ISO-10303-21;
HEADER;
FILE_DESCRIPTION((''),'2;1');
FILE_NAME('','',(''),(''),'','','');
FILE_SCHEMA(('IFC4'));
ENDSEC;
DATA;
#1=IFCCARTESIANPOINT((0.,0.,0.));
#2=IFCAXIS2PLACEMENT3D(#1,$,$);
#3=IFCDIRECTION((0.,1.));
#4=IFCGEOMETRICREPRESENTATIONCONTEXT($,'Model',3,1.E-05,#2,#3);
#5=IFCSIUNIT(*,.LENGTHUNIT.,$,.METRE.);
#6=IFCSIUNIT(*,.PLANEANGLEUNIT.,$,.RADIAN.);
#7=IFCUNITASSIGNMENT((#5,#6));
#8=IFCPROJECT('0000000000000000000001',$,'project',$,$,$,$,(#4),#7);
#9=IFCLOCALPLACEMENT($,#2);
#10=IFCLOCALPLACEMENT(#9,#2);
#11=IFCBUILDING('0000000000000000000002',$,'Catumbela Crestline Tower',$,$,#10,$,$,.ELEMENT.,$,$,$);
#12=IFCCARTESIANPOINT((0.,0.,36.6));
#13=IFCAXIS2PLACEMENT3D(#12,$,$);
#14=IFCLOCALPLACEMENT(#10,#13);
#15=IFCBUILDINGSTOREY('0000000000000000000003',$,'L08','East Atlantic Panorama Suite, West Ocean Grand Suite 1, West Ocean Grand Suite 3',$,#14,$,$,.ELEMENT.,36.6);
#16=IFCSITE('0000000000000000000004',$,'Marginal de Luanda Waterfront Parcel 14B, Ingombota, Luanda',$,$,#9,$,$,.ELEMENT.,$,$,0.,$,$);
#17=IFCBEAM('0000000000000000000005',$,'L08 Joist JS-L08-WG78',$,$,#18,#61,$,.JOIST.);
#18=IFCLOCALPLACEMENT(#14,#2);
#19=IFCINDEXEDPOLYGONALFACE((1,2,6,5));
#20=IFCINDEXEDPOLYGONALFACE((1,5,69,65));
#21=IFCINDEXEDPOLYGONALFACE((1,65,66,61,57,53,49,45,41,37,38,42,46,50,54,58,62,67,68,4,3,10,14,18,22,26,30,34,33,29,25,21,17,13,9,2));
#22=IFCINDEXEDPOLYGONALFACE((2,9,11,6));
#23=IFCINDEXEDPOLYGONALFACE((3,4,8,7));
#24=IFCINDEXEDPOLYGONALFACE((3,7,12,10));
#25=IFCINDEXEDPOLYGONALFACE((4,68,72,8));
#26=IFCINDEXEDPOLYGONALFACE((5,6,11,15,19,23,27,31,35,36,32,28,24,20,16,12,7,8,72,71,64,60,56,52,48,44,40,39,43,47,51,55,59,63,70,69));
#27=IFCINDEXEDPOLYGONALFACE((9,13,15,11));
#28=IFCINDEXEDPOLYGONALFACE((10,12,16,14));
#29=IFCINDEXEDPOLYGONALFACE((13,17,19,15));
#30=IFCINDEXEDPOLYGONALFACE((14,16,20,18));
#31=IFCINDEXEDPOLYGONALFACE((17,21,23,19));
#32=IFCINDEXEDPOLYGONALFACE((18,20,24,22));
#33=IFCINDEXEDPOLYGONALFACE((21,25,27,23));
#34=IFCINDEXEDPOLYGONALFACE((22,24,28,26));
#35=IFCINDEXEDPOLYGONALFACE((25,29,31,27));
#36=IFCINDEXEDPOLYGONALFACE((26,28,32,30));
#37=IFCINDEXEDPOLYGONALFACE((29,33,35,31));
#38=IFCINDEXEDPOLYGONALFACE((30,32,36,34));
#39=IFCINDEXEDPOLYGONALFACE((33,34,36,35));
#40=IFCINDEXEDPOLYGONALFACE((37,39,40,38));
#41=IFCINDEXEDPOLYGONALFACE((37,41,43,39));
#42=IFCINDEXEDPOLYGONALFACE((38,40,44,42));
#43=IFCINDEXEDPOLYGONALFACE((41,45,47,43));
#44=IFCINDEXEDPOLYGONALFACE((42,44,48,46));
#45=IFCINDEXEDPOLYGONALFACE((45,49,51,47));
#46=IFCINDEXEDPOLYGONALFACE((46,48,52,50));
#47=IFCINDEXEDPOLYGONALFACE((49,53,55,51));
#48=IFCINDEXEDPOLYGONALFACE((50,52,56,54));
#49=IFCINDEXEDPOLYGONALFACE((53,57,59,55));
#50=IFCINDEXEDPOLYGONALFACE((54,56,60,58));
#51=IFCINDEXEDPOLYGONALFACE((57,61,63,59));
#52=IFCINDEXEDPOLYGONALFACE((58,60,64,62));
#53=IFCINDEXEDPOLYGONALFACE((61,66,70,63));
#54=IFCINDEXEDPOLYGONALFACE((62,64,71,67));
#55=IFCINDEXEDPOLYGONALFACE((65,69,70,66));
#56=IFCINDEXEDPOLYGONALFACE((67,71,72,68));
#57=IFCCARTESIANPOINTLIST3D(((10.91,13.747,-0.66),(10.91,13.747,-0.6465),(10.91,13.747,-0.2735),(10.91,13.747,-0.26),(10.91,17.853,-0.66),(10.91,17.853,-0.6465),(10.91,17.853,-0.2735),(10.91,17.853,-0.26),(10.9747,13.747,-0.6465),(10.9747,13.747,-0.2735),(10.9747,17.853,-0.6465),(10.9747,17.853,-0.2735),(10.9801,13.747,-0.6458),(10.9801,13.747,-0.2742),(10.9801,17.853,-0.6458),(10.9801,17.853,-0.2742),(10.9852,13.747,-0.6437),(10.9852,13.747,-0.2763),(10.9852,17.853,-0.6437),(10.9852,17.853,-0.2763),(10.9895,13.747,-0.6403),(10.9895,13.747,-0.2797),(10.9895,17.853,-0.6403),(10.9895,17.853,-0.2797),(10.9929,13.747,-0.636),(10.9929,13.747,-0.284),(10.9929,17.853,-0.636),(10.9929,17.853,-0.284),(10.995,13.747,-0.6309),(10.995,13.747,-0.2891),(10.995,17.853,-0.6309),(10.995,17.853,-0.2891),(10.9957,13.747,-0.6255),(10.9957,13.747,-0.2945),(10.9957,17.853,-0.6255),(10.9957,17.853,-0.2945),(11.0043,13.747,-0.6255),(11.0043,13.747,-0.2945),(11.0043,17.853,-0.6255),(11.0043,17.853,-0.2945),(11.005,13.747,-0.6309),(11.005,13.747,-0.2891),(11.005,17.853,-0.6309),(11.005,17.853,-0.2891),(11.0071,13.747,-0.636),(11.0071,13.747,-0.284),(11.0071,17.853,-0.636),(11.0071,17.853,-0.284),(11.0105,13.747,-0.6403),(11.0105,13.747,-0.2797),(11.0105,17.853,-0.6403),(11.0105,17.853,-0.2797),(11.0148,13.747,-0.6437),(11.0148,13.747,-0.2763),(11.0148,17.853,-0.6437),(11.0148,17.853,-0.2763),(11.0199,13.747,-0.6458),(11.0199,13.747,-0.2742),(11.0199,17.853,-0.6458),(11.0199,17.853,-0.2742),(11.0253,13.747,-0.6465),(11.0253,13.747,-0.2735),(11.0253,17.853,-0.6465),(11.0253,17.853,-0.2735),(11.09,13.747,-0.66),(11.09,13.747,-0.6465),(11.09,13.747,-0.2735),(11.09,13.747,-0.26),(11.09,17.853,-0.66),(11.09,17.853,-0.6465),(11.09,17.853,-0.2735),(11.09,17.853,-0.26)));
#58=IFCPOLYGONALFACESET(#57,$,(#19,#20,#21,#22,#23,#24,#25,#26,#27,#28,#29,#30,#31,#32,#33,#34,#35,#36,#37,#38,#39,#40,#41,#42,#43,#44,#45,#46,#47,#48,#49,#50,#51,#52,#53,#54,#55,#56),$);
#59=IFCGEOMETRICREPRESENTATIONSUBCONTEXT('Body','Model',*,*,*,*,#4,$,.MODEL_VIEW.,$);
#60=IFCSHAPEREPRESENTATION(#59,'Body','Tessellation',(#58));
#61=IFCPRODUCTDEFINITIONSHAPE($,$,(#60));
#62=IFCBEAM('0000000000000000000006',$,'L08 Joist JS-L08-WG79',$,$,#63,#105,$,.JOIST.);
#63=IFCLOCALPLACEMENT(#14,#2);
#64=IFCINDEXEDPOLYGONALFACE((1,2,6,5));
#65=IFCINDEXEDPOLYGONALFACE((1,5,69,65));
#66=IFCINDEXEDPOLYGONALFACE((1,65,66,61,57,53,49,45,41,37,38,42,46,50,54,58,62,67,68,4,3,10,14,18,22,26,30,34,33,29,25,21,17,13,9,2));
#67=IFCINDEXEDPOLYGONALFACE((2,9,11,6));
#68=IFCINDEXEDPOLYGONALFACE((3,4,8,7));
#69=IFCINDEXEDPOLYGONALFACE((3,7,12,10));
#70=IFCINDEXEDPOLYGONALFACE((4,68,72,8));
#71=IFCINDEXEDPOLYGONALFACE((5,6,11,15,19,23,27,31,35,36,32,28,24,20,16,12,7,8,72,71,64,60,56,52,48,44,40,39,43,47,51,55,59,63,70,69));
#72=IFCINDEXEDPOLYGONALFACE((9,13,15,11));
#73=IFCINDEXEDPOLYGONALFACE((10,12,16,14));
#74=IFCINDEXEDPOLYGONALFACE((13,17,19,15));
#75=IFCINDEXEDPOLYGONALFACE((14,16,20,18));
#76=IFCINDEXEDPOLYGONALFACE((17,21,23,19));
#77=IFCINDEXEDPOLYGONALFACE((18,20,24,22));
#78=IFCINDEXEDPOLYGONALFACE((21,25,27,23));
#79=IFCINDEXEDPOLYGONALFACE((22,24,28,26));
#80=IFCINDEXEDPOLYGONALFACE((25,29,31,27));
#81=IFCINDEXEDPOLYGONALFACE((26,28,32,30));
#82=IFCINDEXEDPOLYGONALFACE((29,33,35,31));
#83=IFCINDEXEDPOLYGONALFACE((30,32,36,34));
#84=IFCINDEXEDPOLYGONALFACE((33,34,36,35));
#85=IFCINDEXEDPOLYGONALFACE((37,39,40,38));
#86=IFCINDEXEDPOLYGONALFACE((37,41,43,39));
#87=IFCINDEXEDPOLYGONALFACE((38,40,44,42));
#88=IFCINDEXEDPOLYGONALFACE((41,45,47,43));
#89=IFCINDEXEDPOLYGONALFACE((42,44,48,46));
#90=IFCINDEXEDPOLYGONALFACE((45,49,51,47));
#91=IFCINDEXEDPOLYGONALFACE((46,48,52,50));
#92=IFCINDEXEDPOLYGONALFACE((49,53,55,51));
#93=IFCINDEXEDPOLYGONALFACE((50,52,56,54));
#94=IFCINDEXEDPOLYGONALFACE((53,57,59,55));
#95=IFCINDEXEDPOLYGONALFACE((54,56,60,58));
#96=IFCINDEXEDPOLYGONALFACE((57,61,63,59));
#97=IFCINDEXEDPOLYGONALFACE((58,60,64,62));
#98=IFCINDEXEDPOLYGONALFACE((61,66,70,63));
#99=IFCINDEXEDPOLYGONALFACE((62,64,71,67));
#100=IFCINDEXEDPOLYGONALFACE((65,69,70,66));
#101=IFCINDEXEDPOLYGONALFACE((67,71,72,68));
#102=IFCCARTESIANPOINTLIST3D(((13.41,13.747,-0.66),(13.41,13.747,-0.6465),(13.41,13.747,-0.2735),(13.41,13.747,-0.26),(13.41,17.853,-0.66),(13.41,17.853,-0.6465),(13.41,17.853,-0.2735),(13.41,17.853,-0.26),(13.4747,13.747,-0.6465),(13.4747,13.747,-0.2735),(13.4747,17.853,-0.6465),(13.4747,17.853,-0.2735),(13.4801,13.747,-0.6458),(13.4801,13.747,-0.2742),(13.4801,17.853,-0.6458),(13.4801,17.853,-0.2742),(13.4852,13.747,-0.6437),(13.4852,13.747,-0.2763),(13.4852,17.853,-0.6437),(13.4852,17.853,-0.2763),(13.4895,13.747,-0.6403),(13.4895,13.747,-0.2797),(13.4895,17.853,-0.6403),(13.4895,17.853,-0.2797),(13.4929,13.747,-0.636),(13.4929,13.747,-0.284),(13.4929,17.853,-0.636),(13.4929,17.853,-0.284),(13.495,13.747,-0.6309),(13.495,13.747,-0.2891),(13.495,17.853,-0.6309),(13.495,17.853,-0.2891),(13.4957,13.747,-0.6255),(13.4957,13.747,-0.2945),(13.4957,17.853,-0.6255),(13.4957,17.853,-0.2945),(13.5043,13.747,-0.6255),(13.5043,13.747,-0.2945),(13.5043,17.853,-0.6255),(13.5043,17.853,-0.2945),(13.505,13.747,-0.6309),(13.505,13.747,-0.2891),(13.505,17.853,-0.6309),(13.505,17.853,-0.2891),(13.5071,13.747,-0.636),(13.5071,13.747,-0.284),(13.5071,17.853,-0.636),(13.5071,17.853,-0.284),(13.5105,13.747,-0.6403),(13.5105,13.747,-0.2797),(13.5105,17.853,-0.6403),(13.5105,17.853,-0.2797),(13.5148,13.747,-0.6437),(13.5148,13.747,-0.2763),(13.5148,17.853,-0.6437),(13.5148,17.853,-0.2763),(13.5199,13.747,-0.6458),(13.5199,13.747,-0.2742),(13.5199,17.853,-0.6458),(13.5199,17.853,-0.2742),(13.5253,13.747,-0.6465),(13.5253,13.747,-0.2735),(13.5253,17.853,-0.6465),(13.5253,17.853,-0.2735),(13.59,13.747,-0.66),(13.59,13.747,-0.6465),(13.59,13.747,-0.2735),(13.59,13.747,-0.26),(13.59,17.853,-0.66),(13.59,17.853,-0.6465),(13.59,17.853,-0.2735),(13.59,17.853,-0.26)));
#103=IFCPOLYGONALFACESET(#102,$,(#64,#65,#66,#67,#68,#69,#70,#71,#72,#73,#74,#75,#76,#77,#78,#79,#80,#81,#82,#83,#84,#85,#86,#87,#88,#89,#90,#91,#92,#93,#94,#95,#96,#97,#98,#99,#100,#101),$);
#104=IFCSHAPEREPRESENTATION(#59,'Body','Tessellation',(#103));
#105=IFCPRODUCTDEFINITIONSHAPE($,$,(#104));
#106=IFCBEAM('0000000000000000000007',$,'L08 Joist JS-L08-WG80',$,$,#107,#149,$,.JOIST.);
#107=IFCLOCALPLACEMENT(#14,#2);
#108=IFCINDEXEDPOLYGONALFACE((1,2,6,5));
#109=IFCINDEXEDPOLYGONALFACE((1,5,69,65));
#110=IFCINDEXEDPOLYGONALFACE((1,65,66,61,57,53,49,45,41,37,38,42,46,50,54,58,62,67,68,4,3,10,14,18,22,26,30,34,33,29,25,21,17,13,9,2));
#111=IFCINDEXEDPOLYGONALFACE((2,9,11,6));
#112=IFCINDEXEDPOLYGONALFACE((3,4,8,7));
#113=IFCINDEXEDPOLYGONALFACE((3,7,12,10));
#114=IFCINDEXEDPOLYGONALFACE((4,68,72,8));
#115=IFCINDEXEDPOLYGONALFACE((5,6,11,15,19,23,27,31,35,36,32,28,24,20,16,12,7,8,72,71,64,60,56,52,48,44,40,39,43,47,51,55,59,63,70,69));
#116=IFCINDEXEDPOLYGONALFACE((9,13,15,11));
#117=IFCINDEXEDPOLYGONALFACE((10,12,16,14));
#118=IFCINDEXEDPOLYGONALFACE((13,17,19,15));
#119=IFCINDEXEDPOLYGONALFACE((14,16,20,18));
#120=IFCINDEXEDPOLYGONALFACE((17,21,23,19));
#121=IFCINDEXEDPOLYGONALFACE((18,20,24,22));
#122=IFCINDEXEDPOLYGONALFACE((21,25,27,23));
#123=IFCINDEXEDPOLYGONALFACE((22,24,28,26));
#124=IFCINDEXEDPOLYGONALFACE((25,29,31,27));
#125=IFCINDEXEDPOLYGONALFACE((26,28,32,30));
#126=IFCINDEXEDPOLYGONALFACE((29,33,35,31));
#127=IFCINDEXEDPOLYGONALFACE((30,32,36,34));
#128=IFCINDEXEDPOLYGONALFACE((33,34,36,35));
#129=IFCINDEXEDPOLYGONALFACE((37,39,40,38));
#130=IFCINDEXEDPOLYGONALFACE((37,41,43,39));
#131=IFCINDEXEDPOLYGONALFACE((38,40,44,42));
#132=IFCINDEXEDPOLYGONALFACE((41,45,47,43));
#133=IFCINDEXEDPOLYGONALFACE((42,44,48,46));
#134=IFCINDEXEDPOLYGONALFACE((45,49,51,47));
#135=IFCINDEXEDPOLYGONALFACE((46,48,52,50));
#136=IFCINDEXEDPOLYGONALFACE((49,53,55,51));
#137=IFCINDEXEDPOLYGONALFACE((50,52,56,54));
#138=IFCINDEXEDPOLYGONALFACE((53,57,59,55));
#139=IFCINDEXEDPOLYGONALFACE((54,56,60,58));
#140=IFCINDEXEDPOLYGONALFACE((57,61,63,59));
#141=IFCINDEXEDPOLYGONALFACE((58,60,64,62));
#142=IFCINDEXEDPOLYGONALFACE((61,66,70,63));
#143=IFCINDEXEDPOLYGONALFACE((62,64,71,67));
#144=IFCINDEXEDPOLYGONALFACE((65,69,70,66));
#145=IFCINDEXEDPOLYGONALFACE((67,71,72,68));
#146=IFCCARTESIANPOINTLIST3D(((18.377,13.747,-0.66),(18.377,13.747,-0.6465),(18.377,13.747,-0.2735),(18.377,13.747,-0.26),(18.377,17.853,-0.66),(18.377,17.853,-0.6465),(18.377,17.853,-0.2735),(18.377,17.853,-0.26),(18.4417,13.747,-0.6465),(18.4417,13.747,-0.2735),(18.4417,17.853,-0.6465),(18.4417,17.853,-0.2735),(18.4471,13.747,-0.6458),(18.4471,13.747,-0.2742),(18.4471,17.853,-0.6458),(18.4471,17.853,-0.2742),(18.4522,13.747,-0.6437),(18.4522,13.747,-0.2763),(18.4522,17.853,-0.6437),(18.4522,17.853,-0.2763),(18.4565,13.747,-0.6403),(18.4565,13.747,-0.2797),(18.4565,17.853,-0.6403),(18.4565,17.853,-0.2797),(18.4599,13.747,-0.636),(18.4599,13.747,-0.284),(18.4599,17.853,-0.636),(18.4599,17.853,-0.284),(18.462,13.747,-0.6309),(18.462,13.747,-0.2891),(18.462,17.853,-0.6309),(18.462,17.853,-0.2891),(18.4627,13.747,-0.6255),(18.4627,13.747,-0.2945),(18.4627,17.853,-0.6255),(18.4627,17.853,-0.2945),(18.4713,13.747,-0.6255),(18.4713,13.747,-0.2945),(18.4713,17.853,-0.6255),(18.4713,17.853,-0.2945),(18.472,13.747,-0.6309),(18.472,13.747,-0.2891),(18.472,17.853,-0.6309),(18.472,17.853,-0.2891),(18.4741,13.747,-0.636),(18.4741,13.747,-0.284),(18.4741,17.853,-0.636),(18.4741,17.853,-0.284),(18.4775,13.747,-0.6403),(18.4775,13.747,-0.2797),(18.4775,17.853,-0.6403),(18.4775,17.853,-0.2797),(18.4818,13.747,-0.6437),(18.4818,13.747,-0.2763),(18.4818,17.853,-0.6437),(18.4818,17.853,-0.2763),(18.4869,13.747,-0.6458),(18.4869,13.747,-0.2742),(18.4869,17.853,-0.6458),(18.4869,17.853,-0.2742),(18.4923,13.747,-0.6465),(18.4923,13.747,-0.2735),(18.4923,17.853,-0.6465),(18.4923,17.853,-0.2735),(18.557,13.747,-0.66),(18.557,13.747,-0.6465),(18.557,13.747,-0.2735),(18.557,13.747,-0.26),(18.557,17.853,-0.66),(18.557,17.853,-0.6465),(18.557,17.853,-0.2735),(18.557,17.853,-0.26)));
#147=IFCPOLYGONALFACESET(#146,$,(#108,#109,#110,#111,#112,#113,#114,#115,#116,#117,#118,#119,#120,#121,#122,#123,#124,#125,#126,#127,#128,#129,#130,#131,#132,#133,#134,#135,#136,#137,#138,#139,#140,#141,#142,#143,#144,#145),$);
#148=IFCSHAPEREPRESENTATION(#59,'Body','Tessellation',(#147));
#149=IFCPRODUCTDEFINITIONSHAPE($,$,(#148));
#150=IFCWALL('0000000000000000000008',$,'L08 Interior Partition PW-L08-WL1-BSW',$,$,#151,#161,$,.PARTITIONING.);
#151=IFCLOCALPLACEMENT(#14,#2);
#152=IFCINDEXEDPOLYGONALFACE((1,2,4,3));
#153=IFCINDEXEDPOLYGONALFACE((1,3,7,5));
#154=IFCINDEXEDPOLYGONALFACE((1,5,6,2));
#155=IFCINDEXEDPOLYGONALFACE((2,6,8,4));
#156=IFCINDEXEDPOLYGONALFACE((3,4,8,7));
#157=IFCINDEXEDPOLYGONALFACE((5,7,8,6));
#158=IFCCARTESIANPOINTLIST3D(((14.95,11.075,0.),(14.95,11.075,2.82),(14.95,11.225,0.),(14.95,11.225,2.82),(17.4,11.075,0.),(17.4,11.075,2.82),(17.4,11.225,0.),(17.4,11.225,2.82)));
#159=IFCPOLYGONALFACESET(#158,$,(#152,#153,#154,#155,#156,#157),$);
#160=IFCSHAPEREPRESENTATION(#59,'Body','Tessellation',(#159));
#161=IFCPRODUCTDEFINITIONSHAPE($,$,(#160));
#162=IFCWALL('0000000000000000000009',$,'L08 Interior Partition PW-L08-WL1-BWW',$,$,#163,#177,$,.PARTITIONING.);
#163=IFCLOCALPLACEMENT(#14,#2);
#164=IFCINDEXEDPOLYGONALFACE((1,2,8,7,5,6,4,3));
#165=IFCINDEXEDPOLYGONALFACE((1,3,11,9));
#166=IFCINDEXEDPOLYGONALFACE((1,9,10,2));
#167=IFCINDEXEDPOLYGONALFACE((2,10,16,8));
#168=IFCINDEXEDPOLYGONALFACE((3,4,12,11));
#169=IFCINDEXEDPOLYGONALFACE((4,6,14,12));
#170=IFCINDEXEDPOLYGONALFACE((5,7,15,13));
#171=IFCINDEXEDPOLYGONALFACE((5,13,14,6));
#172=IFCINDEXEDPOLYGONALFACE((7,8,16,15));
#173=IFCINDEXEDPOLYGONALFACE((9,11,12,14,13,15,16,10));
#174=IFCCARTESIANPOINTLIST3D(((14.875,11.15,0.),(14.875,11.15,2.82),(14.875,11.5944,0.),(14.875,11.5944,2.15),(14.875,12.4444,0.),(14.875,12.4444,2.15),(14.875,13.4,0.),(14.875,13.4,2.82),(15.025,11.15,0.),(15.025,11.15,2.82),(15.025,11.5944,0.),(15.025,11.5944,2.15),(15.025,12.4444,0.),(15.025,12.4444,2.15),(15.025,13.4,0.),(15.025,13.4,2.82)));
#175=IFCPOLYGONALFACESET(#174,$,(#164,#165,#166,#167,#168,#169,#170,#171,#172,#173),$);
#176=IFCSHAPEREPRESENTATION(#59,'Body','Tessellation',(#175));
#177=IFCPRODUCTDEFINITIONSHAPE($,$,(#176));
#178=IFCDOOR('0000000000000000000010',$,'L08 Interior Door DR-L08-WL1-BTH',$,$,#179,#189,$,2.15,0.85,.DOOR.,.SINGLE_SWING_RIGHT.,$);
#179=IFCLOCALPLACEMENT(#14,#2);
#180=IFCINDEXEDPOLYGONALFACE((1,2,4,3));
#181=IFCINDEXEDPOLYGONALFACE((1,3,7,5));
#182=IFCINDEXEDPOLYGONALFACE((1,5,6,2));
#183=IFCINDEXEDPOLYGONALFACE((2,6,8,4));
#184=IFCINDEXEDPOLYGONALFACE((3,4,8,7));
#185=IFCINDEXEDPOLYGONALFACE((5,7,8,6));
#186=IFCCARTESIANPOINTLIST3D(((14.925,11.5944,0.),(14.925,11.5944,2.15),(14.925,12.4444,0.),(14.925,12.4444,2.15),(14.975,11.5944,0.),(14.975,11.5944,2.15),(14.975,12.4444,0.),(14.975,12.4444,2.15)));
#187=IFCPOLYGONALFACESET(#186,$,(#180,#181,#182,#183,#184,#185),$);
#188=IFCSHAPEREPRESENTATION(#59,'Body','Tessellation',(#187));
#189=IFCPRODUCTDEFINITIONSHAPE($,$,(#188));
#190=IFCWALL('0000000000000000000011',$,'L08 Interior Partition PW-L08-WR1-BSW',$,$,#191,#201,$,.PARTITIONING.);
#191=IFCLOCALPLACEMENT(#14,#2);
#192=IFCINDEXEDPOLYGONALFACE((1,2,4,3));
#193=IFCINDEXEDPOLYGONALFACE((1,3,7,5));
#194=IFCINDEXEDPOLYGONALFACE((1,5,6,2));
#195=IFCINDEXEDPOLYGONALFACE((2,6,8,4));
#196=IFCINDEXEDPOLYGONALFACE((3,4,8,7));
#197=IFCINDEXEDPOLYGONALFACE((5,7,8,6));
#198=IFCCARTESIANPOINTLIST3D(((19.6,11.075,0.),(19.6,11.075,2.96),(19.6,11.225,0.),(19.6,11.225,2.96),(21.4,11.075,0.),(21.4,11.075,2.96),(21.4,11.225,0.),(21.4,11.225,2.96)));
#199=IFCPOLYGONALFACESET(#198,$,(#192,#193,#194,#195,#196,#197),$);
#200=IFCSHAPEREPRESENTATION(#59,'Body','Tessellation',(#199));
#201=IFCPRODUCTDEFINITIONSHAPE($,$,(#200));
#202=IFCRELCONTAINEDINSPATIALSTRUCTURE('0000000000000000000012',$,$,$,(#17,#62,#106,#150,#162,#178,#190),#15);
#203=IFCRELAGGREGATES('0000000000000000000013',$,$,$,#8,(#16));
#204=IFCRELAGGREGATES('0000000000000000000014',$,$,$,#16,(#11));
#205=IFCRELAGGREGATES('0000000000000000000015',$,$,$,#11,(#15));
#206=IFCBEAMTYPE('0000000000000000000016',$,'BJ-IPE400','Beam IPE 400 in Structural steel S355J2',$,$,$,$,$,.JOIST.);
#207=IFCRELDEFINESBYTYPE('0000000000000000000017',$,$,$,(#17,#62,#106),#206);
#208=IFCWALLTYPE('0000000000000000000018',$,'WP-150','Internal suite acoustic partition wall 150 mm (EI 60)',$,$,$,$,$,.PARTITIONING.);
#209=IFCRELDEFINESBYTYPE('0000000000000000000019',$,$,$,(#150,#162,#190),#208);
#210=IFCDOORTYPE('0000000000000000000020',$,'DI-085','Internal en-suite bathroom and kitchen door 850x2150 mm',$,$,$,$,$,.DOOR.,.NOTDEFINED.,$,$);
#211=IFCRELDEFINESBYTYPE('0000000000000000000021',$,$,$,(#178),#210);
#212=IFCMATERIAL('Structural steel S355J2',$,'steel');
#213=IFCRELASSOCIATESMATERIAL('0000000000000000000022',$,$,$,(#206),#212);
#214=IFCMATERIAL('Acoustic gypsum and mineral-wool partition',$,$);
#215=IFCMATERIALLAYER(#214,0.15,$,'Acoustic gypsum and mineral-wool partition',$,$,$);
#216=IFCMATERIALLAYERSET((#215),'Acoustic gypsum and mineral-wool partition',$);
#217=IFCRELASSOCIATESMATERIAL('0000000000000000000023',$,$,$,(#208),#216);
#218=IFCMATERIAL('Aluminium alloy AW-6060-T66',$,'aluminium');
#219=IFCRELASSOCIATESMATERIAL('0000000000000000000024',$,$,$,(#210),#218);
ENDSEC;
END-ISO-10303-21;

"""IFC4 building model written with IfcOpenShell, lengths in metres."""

from ifc_helpers import new_model, si_unit, direction, frame, frame_2d, origin, origin_2d, place, context, subcontext, project, spatial, rectangle, i_section, extrude, material, layer, layer_set, material_profile, profile_set, type_object, element, fill, save


model = new_model("IFC4")

# Units and contexts
model_context = context("Model", 3, precision=1e-05, world=origin(), true_north=direction((0.0, 1.0)))
body_context = subcontext(model_context, "Body", "Model", "MODEL_VIEW")
ifc_project = project(units=[si_unit("LENGTHUNIT", "METRE"), si_unit("PLANEANGLEUNIT", "RADIAN")], contexts=[model_context])

# Site, building, storey
site_placement = place(None, origin())
site = spatial("IfcSite", under=ifc_project, at=site_placement, Name="Marginal de Luanda Waterfront Parcel 14B, Ingombota, Luanda", CompositionType="ELEMENT", RefElevation=0.0)
building_placement = place(site_placement, origin())
building = spatial("IfcBuilding", under=site, at=building_placement, Name="Catumbela Crestline Tower", CompositionType="ELEMENT")
storey_placement = place(building_placement, frame((0.0, 0.0, 36.6)))
storey = spatial("IfcBuildingStorey", under=building, at=storey_placement, Name="L08", Description="East Atlantic Panorama Suite, West Ocean Grand Suite 1, West Ocean Grand Suite 3", CompositionType="ELEMENT", Elevation=36.6)

# Beams
ifc_material_1 = material(Name="Structural steel S355J2", Category="steel")
ifc_material_profile_1 = material_profile(ifc_material_1, i_section(OverallWidth=0.18, OverallDepth=0.4, WebThickness=0.0086, FlangeThickness=0.0135, FilletRadius=0.021, at=origin_2d()), Name="IPE 400")
ifc_profile_set_1 = profile_set([ifc_material_profile_1], Name="Structural steel S355J2")
beam_type_1 = type_object("IfcBeamType", Name="BJ-IPE400", Description="Beam IPE 400 in Structural steel S355J2", PredefinedType="JOIST", material=ifc_profile_set_1)
for number, where, z_axis, x_axis, name in (
    (1, (11.0, 13.747, -0.46), (0.0, 1.0, 0.0), (-1.0, 0.0, 0.0), "L08 Joist JS-L08-WG78"),
    (2, (13.5, 13.747, -0.46), (0.0, 1.0, 0.0), (-1.0, 0.0, 0.0), "L08 Joist JS-L08-WG79"),
    (3, (18.467, 13.747, -0.46), (0.0, 1.0, 0.0), (-1.0, 0.0, 0.0), "L08 Joist JS-L08-WG80"),
):
    element("IfcBeam", number, at=place(storey_placement, frame(where, z_axis=z_axis, x_axis=x_axis)), inside=storey, type_object=beam_type_1, Name=name, PredefinedType="JOIST", context=body_context, shape_type="SweptSolid", body=[
        extrude(i_section(OverallWidth=0.18, OverallDepth=0.4, WebThickness=0.0086, FlangeThickness=0.0135, FilletRadius=0.021, at=origin_2d()), origin(), (0.0, 0.0, 1.0), 4.106),
    ])

# Wall
ifc_material_2 = material(Name="Acoustic gypsum and mineral-wool partition")
ifc_layer = layer(ifc_material_2, 0.15, Name="Acoustic gypsum and mineral-wool partition")
ifc_layer_set = layer_set([ifc_layer], Name="Acoustic gypsum and mineral-wool partition")
wall_type = type_object("IfcWallType", Name="WP-150", Description="Internal suite acoustic partition wall 150 mm (EI 60)", PredefinedType="PARTITIONING", material=ifc_layer_set)
wall_1_placement = place(storey_placement, frame((14.95, 11.15, 0.0), z_axis=(0.0, 0.0, 1.0), x_axis=(1.0, 0.0, 0.0)))
element("IfcWall", 4, at=wall_1_placement, inside=storey, type_object=wall_type, Name="L08 Interior Partition PW-L08-WL1-BSW", PredefinedType="PARTITIONING", context=body_context, shape_type="SweptSolid", body=[
    extrude(rectangle(XDim=2.45, YDim=0.15, at=frame_2d((1.225, 0.0))), origin(), (0.0, 0.0, 1.0), 2.82),
])

# Wall, opening, door
wall_2_placement = place(storey_placement, frame((14.95, 11.15, 0.0), z_axis=(0.0, 0.0, 1.0), x_axis=(0.0, 1.0, 0.0)))
wall_2 = element("IfcWall", 5, at=wall_2_placement, inside=storey, type_object=wall_type, Name="L08 Interior Partition PW-L08-WL1-BWW", PredefinedType="PARTITIONING", context=body_context, shape_type="SweptSolid", body=[
    extrude(rectangle(XDim=2.25, YDim=0.15, at=frame_2d((1.125, 0.0))), origin(), (0.0, 0.0, 1.0), 2.82),
])
opening_1_placement = place(wall_2_placement, frame((0.4444, 0.0, 0.0)))
opening_1 = element("IfcOpeningElement", 6, at=opening_1_placement, cuts=wall_2, PredefinedType="OPENING", context=body_context, shape_type="SweptSolid", body=[
    extrude(rectangle(XDim=0.85, YDim=2.15, at=frame_2d((0.425, 1.075))), frame((0.0, 0.085, 0.0), z_axis=(0.0, -1.0, 0.0), x_axis=(1.0, 0.0, 0.0)), (0.0, 0.0, 1.0), 0.17),
])
ifc_material_3 = material(Name="Aluminium alloy AW-6060-T66", Category="aluminium")
door_type = type_object("IfcDoorType", Name="DI-085", Description="Internal en-suite bathroom and kitchen door 850x2150 mm", OperationType="NOTDEFINED", PredefinedType="DOOR", material=ifc_material_3)
door_1_placement = place(opening_1_placement, origin())
door_1 = element("IfcDoor", 7, at=door_1_placement, inside=storey, type_object=door_type, Name="L08 Interior Door DR-L08-WL1-BTH", OperationType="SINGLE_SWING_RIGHT", OverallHeight=2.15, OverallWidth=0.85, PredefinedType="DOOR", context=body_context, shape_type="SweptSolid", body=[
    extrude(rectangle(XDim=0.85, YDim=2.15, at=frame_2d((0.425, 1.075))), frame((0.0, 0.025, 0.0), z_axis=(0.0, -1.0, 0.0), x_axis=(1.0, 0.0, 0.0)), (0.0, 0.0, 1.0), 0.05),
])
fill(opening_1, door_1)

# Wall
wall_3_placement = place(storey_placement, frame((19.6, 11.15, 0.0), z_axis=(0.0, 0.0, 1.0), x_axis=(1.0, 0.0, 0.0)))
element("IfcWall", 8, at=wall_3_placement, inside=storey, type_object=wall_type, Name="L08 Interior Partition PW-L08-WR1-BSW", PredefinedType="PARTITIONING", context=body_context, shape_type="SweptSolid", body=[
    extrude(rectangle(XDim=1.8, YDim=0.15, at=frame_2d((0.9, 0.0))), origin(), (0.0, 0.0, 1.0), 2.96),
])

save(model, "model.ifc")
